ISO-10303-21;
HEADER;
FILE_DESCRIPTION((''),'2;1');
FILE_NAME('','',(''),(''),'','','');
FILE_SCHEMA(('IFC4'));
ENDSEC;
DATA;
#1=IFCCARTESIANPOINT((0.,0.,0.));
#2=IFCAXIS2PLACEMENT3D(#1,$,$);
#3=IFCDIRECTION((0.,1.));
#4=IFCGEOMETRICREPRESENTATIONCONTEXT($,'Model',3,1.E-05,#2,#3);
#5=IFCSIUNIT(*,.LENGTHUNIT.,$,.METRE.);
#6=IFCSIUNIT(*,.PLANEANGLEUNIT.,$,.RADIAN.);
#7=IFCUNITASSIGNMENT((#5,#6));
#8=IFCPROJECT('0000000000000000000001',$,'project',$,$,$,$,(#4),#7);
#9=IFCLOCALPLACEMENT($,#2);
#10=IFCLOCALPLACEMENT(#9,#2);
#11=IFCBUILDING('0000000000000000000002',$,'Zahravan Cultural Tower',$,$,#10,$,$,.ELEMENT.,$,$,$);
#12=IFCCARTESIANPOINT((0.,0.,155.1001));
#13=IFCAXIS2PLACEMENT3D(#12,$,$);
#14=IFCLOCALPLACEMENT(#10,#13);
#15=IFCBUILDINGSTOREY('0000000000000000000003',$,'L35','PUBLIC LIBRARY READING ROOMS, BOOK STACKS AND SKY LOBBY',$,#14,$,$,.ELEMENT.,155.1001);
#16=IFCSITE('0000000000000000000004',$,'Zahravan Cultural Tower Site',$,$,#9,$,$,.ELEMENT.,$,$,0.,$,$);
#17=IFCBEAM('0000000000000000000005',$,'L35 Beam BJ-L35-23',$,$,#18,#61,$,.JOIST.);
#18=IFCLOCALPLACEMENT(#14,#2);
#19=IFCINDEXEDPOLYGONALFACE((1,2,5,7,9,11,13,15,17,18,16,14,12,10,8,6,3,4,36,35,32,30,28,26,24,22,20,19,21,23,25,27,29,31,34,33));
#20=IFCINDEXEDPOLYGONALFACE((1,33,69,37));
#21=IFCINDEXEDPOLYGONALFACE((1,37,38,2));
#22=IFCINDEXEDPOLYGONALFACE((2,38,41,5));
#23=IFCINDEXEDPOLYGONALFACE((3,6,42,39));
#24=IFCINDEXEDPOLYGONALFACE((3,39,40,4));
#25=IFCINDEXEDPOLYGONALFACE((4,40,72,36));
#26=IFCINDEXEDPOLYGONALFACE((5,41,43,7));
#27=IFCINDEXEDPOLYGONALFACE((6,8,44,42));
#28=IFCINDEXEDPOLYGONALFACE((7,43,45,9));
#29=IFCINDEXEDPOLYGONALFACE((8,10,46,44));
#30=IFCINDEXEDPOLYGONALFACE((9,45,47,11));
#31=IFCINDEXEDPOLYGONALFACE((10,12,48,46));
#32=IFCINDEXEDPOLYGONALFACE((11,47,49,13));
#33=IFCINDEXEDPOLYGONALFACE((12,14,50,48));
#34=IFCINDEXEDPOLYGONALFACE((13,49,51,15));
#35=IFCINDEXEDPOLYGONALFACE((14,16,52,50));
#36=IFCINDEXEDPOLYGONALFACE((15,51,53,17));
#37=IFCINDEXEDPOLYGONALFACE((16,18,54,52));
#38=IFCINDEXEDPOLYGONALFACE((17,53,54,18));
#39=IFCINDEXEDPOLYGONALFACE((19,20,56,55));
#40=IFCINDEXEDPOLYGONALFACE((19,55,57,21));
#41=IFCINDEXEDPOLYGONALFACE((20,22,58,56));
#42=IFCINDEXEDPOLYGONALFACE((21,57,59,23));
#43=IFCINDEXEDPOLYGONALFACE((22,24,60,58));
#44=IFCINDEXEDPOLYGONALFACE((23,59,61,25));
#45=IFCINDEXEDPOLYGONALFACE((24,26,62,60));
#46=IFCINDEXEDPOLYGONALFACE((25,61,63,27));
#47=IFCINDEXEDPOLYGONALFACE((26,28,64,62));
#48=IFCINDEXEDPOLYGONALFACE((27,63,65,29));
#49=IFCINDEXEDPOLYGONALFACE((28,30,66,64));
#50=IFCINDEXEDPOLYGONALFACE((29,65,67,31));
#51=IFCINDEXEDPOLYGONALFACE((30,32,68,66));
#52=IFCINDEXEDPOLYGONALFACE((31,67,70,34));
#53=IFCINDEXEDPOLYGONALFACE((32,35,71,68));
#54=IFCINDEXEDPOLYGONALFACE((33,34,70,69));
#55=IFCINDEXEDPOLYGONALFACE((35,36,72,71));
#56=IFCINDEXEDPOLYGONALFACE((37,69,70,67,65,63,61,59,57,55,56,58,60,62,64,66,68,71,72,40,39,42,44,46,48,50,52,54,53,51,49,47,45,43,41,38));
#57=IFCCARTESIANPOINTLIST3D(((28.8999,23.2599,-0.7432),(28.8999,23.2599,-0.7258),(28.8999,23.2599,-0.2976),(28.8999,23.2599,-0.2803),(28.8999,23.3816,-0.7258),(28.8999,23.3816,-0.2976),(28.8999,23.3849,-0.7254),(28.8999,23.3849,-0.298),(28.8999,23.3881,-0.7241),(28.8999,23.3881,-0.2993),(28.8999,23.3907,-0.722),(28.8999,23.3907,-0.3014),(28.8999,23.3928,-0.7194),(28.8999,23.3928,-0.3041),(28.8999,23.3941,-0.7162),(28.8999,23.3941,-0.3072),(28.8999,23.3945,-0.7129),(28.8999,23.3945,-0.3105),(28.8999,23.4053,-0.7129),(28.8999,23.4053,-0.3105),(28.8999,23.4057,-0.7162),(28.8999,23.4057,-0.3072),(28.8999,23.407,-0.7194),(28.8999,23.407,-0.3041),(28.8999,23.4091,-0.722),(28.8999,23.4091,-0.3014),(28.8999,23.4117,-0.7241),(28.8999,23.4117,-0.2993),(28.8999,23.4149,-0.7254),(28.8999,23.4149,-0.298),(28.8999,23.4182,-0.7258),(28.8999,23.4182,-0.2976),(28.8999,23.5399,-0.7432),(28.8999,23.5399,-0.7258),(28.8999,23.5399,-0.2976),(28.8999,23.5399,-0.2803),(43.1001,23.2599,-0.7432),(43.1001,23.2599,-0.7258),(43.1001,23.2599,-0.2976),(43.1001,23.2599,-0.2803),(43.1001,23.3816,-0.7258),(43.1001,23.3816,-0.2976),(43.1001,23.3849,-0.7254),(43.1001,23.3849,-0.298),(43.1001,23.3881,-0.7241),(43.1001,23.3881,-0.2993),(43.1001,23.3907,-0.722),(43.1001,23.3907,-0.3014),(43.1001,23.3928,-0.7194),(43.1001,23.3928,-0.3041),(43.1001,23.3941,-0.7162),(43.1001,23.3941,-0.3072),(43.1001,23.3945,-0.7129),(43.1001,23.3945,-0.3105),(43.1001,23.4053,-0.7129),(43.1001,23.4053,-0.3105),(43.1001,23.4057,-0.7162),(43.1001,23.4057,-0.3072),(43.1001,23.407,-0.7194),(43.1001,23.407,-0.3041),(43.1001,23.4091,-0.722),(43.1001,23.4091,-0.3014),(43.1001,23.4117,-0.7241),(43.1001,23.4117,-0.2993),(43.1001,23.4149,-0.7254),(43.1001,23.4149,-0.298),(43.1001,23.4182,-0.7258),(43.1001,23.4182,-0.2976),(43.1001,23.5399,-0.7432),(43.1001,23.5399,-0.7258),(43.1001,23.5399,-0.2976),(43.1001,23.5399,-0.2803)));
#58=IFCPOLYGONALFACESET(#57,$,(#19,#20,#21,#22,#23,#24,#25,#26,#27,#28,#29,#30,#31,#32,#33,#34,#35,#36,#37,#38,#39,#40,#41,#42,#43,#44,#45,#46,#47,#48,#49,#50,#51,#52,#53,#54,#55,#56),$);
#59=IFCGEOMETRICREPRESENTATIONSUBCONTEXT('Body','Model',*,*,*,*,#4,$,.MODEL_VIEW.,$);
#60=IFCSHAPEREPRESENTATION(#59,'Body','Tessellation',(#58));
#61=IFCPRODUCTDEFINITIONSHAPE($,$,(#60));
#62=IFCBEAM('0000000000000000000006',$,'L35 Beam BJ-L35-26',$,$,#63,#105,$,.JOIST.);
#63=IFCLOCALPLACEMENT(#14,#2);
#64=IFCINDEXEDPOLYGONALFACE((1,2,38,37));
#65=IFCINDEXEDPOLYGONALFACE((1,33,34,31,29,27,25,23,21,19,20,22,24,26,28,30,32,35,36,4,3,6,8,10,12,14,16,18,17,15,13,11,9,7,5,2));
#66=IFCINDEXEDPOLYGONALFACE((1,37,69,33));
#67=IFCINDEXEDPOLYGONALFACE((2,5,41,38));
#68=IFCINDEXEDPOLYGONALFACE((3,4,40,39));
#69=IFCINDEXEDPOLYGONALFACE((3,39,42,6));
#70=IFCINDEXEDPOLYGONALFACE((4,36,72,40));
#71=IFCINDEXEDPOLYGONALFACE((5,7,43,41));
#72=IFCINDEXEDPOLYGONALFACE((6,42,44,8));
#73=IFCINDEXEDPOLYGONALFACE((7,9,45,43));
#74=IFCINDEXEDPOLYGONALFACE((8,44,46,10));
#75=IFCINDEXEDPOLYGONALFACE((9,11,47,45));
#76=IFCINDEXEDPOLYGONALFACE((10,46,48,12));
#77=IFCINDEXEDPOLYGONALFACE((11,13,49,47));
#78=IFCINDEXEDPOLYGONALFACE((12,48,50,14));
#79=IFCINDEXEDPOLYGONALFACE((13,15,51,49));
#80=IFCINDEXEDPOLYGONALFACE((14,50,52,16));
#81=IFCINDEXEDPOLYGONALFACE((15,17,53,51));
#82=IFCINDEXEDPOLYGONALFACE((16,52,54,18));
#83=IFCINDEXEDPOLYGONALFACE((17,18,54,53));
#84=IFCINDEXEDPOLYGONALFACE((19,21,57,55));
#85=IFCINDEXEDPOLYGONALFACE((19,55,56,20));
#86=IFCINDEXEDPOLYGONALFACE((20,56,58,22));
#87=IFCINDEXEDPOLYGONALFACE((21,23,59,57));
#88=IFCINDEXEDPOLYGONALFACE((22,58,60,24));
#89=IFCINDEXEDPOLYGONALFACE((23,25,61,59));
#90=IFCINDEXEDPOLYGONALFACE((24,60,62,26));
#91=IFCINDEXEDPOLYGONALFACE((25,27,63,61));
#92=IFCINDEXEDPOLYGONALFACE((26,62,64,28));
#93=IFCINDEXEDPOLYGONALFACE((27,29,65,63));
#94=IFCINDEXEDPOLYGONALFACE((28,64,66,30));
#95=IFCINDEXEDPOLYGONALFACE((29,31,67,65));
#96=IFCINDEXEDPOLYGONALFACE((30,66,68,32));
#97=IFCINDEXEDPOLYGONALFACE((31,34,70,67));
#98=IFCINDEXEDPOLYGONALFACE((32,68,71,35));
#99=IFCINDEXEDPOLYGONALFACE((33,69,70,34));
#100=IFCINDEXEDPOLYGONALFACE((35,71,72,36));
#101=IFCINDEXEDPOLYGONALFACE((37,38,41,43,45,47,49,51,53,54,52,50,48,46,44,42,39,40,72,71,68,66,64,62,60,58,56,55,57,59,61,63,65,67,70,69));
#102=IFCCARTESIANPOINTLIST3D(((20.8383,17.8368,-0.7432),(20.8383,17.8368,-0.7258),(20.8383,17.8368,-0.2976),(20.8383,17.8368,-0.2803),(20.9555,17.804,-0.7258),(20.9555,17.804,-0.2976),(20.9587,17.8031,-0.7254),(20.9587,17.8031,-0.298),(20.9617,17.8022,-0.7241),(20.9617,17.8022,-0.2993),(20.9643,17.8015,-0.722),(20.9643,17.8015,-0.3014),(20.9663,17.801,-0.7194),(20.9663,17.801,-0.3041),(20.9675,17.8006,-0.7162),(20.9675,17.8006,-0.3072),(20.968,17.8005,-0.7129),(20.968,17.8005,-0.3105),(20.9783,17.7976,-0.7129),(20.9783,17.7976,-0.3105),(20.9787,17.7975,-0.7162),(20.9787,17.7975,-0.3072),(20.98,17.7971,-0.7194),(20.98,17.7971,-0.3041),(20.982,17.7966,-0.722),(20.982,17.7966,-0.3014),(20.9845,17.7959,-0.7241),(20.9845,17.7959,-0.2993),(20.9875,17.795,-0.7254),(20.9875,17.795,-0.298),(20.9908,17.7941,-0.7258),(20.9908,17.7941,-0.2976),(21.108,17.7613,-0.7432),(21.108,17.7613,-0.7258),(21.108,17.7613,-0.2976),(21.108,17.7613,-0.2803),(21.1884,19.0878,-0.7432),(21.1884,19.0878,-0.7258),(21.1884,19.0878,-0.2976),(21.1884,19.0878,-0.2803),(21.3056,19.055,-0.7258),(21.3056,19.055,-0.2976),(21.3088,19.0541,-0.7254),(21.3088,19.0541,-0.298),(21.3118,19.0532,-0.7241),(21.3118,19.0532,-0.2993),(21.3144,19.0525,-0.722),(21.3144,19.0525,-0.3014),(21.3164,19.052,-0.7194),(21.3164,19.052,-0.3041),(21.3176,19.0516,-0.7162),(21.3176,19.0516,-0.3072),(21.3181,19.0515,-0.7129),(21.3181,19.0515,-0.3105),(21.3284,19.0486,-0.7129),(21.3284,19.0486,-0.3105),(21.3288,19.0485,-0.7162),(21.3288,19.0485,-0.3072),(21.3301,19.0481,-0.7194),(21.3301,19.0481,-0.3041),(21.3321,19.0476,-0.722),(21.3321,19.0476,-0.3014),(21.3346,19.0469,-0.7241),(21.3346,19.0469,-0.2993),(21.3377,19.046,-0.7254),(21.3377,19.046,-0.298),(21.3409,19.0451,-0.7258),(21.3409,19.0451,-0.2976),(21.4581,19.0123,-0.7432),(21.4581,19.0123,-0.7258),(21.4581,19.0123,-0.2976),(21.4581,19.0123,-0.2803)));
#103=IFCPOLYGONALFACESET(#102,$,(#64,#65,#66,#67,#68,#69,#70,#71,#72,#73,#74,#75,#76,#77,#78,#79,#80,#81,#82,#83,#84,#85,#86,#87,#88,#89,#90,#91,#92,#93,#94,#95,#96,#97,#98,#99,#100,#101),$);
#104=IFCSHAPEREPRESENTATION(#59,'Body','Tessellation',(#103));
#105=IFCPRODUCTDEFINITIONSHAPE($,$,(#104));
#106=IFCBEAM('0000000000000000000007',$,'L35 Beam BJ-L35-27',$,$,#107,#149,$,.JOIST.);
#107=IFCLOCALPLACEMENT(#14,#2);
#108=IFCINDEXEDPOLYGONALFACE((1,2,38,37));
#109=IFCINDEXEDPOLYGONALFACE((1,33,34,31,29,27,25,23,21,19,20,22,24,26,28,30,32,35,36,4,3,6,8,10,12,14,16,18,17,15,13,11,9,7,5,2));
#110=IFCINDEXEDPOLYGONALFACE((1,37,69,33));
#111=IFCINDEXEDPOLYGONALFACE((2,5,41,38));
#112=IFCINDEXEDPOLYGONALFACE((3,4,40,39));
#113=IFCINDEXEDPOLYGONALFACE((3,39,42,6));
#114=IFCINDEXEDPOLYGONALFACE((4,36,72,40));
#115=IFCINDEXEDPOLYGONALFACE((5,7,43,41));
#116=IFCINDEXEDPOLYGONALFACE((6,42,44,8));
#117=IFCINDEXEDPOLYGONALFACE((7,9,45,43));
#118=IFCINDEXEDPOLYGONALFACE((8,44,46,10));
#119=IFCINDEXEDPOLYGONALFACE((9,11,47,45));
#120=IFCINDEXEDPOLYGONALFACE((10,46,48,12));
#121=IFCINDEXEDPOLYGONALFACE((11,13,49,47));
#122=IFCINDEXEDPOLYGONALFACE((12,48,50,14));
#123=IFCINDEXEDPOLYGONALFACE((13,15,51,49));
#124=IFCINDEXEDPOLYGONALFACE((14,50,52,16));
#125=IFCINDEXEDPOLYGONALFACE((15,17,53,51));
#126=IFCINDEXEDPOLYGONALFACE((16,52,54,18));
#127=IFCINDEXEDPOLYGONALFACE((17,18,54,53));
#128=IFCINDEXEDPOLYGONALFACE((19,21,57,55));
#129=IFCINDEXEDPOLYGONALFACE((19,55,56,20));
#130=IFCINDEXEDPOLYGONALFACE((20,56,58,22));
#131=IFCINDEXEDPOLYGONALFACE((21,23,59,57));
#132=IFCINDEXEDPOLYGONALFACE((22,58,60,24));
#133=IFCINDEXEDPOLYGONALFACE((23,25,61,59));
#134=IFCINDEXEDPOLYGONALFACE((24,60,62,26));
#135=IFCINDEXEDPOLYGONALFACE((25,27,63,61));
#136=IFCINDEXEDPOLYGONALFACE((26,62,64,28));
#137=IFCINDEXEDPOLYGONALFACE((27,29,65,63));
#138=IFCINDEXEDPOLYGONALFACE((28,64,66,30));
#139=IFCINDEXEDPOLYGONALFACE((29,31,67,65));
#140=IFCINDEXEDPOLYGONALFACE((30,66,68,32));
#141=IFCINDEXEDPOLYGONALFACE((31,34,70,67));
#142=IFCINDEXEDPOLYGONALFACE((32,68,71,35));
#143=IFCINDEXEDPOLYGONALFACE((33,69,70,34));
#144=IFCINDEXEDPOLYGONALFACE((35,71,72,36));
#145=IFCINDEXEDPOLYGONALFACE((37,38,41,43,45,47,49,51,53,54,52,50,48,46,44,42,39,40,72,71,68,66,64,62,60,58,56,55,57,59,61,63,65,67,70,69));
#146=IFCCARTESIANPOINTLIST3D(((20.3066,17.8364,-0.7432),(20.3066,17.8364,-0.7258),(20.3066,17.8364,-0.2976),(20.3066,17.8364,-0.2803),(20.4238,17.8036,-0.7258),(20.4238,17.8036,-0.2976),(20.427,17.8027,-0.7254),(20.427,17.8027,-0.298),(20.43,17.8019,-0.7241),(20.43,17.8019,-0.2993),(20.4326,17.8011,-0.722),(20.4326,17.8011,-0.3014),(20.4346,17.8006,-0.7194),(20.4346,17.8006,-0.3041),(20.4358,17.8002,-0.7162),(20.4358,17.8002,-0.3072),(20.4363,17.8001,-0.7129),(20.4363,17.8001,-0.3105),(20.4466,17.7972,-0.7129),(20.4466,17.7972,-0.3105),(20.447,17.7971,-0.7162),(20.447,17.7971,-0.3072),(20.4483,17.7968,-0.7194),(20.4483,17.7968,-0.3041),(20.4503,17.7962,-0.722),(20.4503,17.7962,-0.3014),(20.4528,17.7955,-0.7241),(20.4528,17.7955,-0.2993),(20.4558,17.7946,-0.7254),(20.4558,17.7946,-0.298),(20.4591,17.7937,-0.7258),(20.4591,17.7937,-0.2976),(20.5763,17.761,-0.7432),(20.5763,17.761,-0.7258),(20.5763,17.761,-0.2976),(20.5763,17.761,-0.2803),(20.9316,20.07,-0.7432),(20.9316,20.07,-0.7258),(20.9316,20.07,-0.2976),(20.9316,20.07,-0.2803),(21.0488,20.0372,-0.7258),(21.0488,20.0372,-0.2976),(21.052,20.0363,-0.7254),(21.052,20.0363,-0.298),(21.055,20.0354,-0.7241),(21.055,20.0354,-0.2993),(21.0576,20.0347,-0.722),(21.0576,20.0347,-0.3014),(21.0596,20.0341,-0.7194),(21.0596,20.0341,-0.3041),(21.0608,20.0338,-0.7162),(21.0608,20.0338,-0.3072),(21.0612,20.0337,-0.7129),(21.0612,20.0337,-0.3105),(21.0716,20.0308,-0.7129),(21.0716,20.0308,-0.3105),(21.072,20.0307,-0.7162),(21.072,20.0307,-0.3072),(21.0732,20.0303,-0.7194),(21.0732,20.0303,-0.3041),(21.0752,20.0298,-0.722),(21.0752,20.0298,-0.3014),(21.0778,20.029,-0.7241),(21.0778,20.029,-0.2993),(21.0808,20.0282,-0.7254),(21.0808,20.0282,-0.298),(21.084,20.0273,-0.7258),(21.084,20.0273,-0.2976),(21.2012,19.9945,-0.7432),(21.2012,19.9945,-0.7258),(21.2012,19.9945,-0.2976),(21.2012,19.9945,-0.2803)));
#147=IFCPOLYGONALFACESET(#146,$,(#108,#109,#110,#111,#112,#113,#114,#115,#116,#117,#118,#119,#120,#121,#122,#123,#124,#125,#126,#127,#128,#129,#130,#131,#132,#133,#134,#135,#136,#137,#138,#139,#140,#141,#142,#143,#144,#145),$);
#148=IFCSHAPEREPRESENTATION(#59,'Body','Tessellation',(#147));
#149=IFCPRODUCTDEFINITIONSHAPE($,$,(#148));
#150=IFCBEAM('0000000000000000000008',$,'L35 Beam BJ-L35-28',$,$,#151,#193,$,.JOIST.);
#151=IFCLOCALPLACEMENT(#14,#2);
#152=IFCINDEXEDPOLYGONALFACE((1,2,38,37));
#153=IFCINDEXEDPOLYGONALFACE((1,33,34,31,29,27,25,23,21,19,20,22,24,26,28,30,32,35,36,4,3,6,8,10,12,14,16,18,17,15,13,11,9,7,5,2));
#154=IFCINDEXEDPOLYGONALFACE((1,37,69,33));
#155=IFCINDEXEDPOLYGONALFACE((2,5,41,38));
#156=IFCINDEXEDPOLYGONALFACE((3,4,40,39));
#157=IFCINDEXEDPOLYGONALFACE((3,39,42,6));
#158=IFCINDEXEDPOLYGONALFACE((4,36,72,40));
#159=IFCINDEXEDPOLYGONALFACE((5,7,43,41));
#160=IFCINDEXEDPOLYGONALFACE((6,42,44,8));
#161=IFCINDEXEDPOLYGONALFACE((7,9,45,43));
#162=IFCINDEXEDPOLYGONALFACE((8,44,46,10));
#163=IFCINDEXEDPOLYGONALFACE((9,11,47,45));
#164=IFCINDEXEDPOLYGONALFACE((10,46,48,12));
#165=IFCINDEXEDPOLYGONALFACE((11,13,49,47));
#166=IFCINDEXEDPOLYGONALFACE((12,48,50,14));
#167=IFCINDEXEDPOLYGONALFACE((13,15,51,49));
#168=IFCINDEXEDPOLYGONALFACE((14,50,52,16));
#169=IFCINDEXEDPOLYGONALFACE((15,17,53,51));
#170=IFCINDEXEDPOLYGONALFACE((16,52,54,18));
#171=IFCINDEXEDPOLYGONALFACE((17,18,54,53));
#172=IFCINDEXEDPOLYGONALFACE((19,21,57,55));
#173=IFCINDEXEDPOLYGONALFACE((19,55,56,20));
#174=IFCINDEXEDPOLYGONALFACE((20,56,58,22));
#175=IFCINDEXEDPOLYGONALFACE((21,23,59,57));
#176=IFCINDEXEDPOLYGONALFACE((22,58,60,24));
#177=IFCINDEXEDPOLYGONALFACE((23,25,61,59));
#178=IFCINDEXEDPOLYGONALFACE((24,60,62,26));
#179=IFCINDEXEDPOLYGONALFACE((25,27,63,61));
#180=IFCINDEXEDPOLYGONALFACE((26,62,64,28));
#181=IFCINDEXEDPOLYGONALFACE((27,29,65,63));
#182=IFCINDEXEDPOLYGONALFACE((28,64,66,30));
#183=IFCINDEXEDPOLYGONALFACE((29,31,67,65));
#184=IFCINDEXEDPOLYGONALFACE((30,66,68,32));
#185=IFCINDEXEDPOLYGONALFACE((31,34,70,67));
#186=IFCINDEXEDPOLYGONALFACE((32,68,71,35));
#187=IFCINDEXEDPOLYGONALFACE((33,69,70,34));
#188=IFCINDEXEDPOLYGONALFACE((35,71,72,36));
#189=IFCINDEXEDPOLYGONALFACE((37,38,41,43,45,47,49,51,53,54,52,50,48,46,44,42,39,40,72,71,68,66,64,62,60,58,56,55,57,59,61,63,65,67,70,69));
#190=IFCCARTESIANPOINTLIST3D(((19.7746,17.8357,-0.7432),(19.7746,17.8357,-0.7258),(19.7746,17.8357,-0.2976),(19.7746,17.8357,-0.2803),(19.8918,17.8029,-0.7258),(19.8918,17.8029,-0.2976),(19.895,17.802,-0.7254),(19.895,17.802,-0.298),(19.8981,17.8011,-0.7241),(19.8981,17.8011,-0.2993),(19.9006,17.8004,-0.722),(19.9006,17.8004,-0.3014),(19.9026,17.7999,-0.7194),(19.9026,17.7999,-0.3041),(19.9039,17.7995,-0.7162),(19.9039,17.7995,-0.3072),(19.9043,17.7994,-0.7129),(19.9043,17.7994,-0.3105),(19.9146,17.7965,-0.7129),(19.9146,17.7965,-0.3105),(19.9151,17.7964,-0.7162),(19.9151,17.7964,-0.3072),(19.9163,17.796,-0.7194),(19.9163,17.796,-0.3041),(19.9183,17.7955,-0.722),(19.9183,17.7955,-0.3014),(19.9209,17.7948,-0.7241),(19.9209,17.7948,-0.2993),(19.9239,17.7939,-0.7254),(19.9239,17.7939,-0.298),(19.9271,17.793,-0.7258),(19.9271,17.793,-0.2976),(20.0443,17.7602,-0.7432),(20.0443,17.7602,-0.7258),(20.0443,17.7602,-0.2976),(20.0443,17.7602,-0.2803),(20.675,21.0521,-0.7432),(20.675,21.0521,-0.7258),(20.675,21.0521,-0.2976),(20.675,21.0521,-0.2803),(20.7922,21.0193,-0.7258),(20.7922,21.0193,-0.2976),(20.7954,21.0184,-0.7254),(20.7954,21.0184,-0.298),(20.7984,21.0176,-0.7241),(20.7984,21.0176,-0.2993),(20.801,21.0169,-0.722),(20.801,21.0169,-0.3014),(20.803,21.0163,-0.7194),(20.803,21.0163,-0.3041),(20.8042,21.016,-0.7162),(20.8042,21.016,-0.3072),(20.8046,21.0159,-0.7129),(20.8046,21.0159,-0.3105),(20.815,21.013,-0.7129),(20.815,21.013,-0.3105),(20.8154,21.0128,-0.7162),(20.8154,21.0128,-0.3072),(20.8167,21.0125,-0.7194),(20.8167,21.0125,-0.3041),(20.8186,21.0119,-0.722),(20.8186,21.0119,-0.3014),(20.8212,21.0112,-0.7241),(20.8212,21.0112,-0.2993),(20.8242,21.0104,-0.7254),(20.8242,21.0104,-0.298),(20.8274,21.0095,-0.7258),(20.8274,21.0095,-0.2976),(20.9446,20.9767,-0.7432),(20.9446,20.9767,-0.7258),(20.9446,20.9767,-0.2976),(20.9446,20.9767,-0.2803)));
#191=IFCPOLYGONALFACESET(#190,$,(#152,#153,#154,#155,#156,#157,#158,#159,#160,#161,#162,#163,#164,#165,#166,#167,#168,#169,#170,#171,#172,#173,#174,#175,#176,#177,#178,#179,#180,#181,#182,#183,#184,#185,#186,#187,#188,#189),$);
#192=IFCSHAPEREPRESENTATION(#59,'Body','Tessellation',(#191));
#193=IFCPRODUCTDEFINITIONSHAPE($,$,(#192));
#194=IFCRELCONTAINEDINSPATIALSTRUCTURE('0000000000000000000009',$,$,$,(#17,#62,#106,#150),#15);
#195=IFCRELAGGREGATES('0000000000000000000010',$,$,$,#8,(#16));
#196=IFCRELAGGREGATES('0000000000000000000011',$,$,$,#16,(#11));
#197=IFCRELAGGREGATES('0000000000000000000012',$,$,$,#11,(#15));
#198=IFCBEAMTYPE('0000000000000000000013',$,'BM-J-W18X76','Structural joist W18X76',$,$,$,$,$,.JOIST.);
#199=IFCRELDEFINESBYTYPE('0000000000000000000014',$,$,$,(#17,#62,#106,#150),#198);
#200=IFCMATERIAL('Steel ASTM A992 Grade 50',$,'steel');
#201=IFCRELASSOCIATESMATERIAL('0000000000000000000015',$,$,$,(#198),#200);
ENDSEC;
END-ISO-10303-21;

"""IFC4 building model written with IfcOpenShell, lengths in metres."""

from ifc_helpers import new_model, si_unit, direction, frame, origin, origin_2d, place, context, subcontext, project, spatial, i_section, extrude, source, transform, mapped, material, material_profile, profile_set, type_object, element, save


model = new_model("IFC4")

# Units and contexts
model_context = context("Model", 3, precision=1e-05, world=origin(), true_north=direction((0.0, 1.0)))
body_context = subcontext(model_context, "Body", "Model", "MODEL_VIEW")
ifc_project = project(units=[si_unit("LENGTHUNIT", "METRE"), si_unit("PLANEANGLEUNIT", "RADIAN")], contexts=[model_context])

# Site, building, storey
site_placement = place(None, origin())
site = spatial("IfcSite", under=ifc_project, at=site_placement, Name="Zahravan Cultural Tower Site", CompositionType="ELEMENT", RefElevation=0.0)
building_placement = place(site_placement, origin())
building = spatial("IfcBuilding", under=site, at=building_placement, Name="Zahravan Cultural Tower", CompositionType="ELEMENT")
storey_placement = place(building_placement, frame((0.0, 0.0, 155.1001)))
storey = spatial("IfcBuildingStorey", under=building, at=storey_placement, Name="L35", Description="PUBLIC LIBRARY READING ROOMS, BOOK STACKS AND SKY LOBBY", CompositionType="ELEMENT", Elevation=155.1001)

# Beams
ifc_material_1 = material(Name="Steel ASTM A992 Grade 50", Category="steel")
ifc_material_profile = material_profile(ifc_material_1, i_section(OverallWidth=0.28, OverallDepth=0.4629, WebThickness=0.0107, FlangeThickness=0.0173, FilletRadius=0.0129, at=origin_2d()), Name="W18X76")
ifc_profile_set = profile_set([ifc_material_profile], Name="Steel ASTM A992 Grade 50")
beam_type = type_object("IfcBeamType", Name="BM-J-W18X76", Description="Structural joist W18X76", PredefinedType="JOIST", material=ifc_profile_set)
shared_shape_1 = source(origin(), body_context, "Body", "SweptSolid", [
    extrude(i_section(OverallWidth=0.28, OverallDepth=0.4629, WebThickness=0.0107, FlangeThickness=0.0173, FilletRadius=0.0129, at=origin_2d()), origin(), (0.0, 0.0, 1.0), 14.2002),
])
beam_1_placement = place(storey_placement, frame((28.8999, 23.3999, -0.5117), z_axis=(1.0, 0.0, 0.0), x_axis=(0.0, 1.0, 0.0)))
element("IfcBeam", 1, at=beam_1_placement, inside=storey, type_object=beam_type, Name="L35 Beam BJ-L35-23", PredefinedType="JOIST", context=body_context, shape_type="MappedRepresentation", body=[
    mapped(shared_shape_1, transform((0.0, 0.0, 0.0), x_axis=(1.0, 0.0, 0.0), y_axis=(0.0, 1.0, 0.0), z_axis=(0.0, 0.0, 1.0), scale=1.0)),
])
shared_shape_2 = source(origin(), body_context, "Body", "SweptSolid", [
    extrude(i_section(OverallWidth=0.28, OverallDepth=0.4629, WebThickness=0.0107, FlangeThickness=0.0173, FilletRadius=0.0129, at=origin_2d()), origin(), (0.0, 0.0, 1.0), 1.2991),
])
beam_2_placement = place(storey_placement, frame((21.3232, 19.05, -0.5117), z_axis=(-0.269504, -0.962999, 0.0), x_axis=(0.962999, -0.269504, 0.0)))
element("IfcBeam", 2, at=beam_2_placement, inside=storey, type_object=beam_type, Name="L35 Beam BJ-L35-26", PredefinedType="JOIST", context=body_context, shape_type="MappedRepresentation", body=[
    mapped(shared_shape_2, transform((0.0, 0.0, 0.0), x_axis=(1.0, 0.0, 0.0), y_axis=(0.0, 1.0, 0.0), z_axis=(0.0, 0.0, 1.0), scale=1.0)),
])
shared_shape_3 = source(origin(), body_context, "Body", "SweptSolid", [
    extrude(i_section(OverallWidth=0.28, OverallDepth=0.4629, WebThickness=0.0107, FlangeThickness=0.0173, FilletRadius=0.0129, at=origin_2d()), origin(), (0.0, 0.0, 1.0), 2.3193),
])
beam_3_placement = place(storey_placement, frame((21.0664, 20.0322, -0.5117), z_axis=(-0.269462, -0.963011, 0.0), x_axis=(0.963011, -0.269462, 0.0)))
element("IfcBeam", 3, at=beam_3_placement, inside=storey, type_object=beam_type, Name="L35 Beam BJ-L35-27", PredefinedType="JOIST", context=body_context, shape_type="MappedRepresentation", body=[
    mapped(shared_shape_3, transform((0.0, 0.0, 0.0), x_axis=(1.0, 0.0, 0.0), y_axis=(0.0, 1.0, 0.0), z_axis=(0.0, 0.0, 1.0), scale=1.0)),
])
shared_shape_4 = source(origin(), body_context, "Body", "SweptSolid", [
    extrude(i_section(OverallWidth=0.28, OverallDepth=0.4629, WebThickness=0.0107, FlangeThickness=0.0173, FilletRadius=0.0129, at=origin_2d()), origin(), (0.0, 0.0, 1.0), 3.3401),
])
beam_4_placement = place(storey_placement, frame((20.8098, 21.0144, -0.5117), z_axis=(-0.269562, -0.962983, 0.0), x_axis=(0.962983, -0.269562, 0.0)))
element("IfcBeam", 4, at=beam_4_placement, inside=storey, type_object=beam_type, Name="L35 Beam BJ-L35-28", PredefinedType="JOIST", context=body_context, shape_type="MappedRepresentation", body=[
    mapped(shared_shape_4, transform((0.0, 0.0, 0.0), x_axis=(1.0, 0.0, 0.0), y_axis=(0.0, 1.0, 0.0), z_axis=(0.0, 0.0, 1.0), scale=1.0)),
])

save(model, "model.ifc")
